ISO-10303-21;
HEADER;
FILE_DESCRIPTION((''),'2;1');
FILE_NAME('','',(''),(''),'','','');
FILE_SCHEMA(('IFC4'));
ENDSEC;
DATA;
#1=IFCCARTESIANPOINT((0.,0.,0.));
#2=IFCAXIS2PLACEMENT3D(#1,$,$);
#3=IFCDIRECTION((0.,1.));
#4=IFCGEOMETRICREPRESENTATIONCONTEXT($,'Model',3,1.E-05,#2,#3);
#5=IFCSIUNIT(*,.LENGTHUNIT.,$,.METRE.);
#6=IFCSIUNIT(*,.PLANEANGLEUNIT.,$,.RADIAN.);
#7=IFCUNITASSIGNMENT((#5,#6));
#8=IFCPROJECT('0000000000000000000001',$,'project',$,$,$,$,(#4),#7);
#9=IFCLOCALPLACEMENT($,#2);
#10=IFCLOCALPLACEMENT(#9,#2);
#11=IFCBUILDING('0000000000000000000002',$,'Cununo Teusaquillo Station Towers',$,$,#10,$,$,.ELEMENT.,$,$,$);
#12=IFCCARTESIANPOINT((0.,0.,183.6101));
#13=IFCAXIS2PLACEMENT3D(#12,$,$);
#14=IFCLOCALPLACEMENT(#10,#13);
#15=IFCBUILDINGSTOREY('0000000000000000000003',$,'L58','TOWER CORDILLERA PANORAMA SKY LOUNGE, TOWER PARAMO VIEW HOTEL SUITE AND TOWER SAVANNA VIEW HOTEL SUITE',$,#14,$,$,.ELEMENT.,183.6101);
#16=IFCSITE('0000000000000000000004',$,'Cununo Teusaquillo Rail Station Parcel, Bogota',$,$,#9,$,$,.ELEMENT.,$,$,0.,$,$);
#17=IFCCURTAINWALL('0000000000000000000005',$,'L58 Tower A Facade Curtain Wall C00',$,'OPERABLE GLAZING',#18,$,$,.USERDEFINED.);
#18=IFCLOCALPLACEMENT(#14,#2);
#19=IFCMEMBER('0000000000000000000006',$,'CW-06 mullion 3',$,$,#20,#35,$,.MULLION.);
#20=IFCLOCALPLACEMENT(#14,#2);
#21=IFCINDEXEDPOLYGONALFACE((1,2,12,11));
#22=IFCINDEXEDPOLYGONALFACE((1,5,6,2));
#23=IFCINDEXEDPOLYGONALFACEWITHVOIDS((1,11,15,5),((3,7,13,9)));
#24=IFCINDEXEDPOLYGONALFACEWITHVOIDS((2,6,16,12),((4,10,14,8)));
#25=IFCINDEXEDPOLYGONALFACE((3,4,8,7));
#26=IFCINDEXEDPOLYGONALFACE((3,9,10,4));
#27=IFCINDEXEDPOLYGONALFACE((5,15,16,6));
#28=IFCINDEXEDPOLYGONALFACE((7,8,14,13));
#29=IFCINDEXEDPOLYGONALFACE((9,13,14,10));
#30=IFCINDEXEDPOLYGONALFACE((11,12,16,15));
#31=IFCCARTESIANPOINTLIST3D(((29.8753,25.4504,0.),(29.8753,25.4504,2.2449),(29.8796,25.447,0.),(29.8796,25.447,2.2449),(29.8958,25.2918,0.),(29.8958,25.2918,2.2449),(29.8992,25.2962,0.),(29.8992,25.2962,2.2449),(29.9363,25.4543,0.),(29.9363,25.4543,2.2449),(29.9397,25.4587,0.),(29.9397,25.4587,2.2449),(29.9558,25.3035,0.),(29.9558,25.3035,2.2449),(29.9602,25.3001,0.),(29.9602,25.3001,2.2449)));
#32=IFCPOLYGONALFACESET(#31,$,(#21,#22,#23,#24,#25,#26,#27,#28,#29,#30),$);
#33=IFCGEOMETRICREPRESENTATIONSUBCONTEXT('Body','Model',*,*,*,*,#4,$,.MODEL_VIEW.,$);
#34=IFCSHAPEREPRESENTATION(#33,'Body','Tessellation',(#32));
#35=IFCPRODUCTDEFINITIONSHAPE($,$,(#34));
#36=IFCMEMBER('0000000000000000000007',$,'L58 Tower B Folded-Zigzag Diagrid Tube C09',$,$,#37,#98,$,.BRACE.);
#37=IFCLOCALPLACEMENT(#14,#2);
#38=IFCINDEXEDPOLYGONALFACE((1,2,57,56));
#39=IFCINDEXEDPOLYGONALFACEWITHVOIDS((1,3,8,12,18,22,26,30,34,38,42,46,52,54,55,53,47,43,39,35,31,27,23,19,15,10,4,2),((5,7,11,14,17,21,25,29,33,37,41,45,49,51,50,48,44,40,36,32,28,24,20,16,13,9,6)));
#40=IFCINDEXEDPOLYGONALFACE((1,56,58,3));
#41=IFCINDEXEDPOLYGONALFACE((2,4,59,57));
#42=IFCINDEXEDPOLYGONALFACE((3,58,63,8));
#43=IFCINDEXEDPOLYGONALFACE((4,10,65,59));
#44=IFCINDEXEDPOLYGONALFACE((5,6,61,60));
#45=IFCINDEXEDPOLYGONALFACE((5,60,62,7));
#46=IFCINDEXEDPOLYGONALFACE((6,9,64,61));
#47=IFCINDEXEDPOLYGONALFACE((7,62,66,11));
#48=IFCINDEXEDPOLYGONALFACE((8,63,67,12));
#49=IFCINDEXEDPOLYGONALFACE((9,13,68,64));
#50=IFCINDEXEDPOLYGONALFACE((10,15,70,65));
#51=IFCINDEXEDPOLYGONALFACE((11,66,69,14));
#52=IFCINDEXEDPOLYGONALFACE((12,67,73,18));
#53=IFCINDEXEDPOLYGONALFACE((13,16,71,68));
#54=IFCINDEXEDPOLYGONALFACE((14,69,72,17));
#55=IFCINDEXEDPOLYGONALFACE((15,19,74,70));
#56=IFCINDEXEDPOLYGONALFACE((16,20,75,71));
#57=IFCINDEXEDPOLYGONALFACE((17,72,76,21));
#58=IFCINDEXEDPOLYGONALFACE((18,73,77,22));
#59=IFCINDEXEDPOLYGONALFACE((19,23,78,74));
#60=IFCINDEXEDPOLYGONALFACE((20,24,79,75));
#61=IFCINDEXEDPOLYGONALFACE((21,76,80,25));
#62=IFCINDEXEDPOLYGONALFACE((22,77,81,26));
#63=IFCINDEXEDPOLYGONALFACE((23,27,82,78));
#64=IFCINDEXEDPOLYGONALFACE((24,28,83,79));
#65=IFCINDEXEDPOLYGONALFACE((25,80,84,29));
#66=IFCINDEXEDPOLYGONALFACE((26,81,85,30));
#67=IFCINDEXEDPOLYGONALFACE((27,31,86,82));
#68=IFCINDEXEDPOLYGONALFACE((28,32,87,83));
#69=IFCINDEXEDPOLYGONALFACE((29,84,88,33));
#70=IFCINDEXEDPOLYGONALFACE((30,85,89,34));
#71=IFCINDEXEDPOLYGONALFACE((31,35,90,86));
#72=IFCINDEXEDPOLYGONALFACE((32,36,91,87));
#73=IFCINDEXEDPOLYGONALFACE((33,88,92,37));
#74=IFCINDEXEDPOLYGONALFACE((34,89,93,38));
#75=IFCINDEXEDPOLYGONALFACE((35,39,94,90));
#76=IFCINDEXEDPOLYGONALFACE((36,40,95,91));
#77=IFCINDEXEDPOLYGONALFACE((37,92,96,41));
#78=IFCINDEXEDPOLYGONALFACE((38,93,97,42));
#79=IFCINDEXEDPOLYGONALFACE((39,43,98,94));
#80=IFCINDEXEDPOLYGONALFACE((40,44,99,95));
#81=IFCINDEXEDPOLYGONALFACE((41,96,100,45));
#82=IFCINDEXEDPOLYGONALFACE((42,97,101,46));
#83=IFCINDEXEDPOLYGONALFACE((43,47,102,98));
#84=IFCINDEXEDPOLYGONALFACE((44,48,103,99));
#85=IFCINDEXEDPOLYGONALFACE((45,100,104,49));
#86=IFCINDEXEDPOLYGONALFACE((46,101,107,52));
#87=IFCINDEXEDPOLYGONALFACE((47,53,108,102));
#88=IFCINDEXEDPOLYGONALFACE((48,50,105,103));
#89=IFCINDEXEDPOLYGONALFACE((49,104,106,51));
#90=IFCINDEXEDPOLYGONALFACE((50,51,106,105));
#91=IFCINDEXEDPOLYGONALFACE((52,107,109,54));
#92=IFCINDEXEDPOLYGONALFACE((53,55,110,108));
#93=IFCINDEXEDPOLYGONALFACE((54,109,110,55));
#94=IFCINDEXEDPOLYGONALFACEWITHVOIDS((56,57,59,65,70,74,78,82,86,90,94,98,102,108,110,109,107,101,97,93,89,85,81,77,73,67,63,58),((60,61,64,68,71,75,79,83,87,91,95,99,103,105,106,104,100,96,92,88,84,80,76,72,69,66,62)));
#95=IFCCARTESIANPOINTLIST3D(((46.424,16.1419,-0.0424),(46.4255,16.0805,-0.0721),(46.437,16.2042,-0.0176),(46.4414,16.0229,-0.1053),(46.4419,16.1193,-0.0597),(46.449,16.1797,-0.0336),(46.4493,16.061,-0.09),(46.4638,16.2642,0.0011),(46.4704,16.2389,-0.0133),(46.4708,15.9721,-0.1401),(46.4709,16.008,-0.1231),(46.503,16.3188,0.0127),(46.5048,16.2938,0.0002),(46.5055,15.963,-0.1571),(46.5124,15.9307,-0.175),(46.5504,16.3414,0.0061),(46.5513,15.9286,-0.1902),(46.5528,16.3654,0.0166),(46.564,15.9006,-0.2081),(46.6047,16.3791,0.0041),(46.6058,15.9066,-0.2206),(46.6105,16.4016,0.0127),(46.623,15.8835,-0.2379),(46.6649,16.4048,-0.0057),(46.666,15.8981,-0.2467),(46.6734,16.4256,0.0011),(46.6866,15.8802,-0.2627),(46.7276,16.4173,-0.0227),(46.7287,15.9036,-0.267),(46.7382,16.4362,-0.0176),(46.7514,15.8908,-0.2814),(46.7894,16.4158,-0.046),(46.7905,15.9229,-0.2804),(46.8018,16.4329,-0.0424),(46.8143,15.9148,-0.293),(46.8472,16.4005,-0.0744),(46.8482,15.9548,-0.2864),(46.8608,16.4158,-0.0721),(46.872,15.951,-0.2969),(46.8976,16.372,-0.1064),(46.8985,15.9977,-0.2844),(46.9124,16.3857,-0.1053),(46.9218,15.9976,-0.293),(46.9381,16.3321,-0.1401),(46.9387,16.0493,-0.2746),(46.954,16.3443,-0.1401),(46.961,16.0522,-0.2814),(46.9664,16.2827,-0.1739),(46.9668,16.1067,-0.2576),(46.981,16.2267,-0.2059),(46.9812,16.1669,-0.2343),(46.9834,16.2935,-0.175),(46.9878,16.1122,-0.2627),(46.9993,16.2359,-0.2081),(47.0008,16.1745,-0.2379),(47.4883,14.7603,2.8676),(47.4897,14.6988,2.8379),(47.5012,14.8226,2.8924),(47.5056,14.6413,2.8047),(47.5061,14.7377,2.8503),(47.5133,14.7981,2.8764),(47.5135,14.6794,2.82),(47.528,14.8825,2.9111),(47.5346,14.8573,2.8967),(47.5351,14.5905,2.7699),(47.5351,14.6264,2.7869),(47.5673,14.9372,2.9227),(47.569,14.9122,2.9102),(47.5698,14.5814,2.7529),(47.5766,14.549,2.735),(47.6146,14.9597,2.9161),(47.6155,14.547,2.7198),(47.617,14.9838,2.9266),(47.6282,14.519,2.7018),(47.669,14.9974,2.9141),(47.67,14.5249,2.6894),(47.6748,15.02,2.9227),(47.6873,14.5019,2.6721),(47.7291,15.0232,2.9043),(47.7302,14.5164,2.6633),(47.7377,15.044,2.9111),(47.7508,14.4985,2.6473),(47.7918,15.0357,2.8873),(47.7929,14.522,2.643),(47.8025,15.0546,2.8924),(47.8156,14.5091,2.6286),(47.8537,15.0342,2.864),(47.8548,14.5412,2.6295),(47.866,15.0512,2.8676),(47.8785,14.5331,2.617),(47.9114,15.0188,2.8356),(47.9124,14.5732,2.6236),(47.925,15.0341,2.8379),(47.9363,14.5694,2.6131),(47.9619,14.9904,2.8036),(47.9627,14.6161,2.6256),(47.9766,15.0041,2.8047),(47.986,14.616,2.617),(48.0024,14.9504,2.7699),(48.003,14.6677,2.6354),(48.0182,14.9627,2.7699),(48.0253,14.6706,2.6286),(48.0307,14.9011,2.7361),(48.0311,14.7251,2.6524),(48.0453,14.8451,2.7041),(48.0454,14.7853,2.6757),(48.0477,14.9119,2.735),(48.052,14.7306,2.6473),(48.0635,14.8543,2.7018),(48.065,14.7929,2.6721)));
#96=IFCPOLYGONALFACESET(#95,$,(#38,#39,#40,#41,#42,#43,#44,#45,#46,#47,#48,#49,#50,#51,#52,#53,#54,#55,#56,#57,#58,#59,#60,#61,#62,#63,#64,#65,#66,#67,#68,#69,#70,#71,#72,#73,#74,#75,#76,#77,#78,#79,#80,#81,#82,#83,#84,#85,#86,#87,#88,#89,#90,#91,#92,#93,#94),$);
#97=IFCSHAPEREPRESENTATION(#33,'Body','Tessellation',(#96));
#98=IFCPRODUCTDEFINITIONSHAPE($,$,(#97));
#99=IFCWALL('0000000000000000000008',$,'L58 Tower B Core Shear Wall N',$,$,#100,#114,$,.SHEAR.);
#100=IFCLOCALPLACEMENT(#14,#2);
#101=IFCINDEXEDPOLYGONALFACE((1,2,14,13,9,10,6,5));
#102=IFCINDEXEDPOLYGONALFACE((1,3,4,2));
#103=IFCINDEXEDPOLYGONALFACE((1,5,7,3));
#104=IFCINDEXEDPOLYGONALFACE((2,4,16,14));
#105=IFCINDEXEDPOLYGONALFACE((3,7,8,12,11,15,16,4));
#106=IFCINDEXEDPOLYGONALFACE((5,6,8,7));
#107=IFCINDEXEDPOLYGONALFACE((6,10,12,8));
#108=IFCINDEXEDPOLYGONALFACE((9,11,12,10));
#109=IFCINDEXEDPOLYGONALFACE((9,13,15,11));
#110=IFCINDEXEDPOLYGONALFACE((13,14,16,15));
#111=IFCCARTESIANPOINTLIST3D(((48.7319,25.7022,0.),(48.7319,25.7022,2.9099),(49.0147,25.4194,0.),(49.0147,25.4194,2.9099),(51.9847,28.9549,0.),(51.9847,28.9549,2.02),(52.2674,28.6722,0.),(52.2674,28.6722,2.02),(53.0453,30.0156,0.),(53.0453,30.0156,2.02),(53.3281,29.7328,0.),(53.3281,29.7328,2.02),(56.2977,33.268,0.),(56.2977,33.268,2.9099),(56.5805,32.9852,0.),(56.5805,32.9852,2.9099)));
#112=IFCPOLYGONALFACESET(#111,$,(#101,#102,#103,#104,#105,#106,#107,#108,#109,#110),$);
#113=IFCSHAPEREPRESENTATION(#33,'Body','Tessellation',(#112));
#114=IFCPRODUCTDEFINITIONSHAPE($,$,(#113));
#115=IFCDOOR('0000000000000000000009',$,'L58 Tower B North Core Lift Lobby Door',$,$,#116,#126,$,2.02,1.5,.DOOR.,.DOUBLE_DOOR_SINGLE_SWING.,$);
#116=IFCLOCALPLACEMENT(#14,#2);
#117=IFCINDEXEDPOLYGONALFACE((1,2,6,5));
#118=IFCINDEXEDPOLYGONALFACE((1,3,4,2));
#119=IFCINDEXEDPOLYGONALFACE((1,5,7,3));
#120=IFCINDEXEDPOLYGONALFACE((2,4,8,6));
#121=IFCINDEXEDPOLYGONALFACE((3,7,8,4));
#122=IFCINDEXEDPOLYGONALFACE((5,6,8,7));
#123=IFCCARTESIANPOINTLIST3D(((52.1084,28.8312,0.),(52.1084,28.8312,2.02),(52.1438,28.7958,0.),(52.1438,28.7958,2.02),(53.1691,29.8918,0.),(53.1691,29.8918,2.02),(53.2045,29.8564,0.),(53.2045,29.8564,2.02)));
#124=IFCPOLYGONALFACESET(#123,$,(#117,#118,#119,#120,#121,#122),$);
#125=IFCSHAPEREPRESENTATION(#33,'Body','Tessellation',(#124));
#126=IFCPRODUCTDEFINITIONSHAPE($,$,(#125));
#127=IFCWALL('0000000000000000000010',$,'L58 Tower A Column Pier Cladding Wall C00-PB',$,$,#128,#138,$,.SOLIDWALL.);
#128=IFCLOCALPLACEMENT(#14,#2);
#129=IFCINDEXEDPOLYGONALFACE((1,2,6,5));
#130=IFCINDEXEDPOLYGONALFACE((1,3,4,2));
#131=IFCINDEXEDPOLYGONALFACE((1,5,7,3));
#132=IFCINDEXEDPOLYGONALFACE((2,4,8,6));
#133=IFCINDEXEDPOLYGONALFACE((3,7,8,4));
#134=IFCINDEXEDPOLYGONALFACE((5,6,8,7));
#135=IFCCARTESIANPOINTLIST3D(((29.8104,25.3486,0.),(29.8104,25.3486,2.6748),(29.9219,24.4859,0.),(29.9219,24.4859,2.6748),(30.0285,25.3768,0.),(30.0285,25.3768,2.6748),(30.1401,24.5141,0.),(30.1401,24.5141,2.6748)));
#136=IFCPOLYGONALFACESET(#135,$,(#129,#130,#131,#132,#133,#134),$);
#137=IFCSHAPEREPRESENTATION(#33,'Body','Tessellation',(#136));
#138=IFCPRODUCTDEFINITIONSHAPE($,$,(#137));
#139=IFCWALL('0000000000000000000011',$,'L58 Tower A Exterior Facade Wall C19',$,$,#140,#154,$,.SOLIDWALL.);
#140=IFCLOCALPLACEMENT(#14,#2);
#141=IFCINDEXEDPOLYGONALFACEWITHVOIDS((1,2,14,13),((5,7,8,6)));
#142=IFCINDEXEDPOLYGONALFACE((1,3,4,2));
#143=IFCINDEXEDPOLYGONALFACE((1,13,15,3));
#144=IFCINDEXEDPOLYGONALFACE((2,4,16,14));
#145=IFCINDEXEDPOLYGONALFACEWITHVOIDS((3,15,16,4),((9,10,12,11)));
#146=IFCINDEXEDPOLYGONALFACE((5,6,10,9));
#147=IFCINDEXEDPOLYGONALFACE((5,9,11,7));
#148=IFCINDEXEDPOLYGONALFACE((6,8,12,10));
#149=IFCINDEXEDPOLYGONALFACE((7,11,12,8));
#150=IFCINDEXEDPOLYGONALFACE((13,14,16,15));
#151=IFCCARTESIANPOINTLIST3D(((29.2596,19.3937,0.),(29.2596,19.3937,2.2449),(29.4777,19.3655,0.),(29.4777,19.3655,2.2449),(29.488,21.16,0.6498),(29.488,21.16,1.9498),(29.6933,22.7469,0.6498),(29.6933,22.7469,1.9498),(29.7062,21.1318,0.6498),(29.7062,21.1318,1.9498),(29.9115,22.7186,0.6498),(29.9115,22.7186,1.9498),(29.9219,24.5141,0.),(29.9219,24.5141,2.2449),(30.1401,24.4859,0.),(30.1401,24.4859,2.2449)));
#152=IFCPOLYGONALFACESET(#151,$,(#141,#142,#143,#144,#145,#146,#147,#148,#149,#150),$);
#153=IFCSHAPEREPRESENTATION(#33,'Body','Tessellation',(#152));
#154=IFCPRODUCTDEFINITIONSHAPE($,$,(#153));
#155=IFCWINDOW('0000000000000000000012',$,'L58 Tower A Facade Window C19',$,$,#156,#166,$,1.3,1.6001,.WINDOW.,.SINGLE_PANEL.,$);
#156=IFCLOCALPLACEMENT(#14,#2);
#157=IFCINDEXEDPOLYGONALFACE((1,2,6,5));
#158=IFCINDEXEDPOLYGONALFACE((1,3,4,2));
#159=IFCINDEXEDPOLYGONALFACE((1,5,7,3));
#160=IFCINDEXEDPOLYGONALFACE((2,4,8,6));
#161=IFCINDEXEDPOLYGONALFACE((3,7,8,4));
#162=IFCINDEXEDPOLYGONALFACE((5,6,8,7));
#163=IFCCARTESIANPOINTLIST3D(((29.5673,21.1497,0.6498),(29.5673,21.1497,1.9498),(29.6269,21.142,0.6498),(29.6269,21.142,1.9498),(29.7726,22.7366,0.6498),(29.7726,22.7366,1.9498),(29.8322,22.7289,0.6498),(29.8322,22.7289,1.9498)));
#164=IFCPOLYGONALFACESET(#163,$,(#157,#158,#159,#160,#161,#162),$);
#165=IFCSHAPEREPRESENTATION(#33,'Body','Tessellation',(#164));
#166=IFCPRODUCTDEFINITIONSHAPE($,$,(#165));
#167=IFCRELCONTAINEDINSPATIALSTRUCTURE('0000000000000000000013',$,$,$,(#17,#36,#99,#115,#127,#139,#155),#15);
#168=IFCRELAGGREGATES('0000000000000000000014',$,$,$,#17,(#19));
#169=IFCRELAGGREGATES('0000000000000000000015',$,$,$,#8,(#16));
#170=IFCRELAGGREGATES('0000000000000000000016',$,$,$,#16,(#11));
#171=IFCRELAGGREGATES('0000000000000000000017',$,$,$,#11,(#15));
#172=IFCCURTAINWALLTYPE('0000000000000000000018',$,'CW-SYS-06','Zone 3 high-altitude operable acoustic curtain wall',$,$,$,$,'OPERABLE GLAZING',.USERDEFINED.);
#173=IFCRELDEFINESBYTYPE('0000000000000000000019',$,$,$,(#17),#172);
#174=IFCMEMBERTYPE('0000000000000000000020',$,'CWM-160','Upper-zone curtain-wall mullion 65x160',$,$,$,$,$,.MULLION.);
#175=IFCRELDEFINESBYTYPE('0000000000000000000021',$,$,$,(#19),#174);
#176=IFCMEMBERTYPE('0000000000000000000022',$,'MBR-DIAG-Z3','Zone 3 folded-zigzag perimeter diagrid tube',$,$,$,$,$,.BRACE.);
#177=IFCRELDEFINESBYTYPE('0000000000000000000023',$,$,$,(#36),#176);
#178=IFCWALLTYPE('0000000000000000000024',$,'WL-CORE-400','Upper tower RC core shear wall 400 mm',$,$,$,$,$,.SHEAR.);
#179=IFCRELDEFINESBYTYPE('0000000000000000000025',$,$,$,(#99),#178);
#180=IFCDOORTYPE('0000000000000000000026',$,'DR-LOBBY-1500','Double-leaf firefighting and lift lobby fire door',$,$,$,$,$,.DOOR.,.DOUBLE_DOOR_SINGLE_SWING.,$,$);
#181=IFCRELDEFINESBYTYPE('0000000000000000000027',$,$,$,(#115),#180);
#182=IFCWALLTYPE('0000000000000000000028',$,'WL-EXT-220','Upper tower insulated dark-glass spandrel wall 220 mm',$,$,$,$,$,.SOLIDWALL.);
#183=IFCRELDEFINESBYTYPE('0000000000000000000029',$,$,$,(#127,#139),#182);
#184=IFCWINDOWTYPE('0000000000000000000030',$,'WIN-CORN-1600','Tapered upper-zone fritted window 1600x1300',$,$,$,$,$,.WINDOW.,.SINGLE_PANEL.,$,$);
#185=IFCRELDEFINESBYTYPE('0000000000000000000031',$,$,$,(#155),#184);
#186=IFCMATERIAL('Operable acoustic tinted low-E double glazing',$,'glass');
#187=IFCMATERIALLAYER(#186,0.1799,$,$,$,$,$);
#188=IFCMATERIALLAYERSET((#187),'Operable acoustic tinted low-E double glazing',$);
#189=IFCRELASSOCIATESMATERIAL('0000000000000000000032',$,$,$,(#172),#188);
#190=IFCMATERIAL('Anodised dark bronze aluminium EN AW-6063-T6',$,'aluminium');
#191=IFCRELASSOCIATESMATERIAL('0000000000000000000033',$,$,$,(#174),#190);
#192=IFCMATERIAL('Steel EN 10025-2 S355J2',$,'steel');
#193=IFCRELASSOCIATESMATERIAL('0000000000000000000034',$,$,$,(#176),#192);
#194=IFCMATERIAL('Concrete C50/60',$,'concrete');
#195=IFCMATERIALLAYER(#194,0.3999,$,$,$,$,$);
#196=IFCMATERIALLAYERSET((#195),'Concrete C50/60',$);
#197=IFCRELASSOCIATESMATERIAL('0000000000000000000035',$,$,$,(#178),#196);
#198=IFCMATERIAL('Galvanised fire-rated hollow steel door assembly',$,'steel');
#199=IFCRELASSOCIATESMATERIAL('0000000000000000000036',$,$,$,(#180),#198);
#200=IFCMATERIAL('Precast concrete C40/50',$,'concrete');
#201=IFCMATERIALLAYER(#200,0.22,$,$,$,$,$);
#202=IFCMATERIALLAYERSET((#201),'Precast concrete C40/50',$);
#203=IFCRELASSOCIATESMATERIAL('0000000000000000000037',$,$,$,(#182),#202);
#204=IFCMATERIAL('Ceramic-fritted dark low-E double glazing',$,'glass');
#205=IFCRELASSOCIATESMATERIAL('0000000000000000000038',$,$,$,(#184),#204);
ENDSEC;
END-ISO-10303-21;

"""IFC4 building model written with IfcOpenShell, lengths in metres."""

from ifc_helpers import new_model, si_unit, direction, frame, frame_2d, origin, origin_2d, place, context, subcontext, project, spatial, rectangle, hollow_rectangle, hollow_circle, extrude, source, transform, mapped, material, layer, layer_set, material_profile, profile_set, type_object, element, fill, aggregate, save


model = new_model("IFC4")

# Units and contexts
model_context = context("Model", 3, precision=1e-05, world=origin(), true_north=direction((0.0, 1.0)))
body_context = subcontext(model_context, "Body", "Model", "MODEL_VIEW")
ifc_project = project(units=[si_unit("LENGTHUNIT", "METRE"), si_unit("PLANEANGLEUNIT", "RADIAN")], contexts=[model_context])

# Site, building, storey
site_placement = place(None, origin())
site = spatial("IfcSite", under=ifc_project, at=site_placement, Name="Cununo Teusaquillo Rail Station Parcel, Bogota", CompositionType="ELEMENT", RefElevation=0.0)
building_placement = place(site_placement, origin())
building = spatial("IfcBuilding", under=site, at=building_placement, Name="Cununo Teusaquillo Station Towers", CompositionType="ELEMENT")
storey_placement = place(building_placement, frame((0.0, 0.0, 183.6101)))
storey = spatial("IfcBuildingStorey", under=building, at=storey_placement, Name="L58", Description="TOWER CORDILLERA PANORAMA SKY LOUNGE, TOWER PARAMO VIEW HOTEL SUITE AND TOWER SAVANNA VIEW HOTEL SUITE", CompositionType="ELEMENT", Elevation=183.6101)

# Curtain wall, member
ifc_material_1 = material(Name="Operable acoustic tinted low-E double glazing", Category="glass")
ifc_layer_1 = layer(ifc_material_1, 0.1799)
ifc_layer_set_1 = layer_set([ifc_layer_1], Name="Operable acoustic tinted low-E double glazing")
curtain_wall_type = type_object("IfcCurtainWallType", Name="CW-SYS-06", Description="Zone 3 high-altitude operable acoustic curtain wall", ElementType="OPERABLE GLAZING", PredefinedType="USERDEFINED", material=ifc_layer_set_1)
curtain_wall_placement = place(storey_placement, origin())
curtain_wall = element("IfcCurtainWall", 1, at=curtain_wall_placement, inside=storey, type_object=curtain_wall_type, Name="L58 Tower A Facade Curtain Wall C00", ObjectType="OPERABLE GLAZING", PredefinedType="USERDEFINED")
ifc_material_2 = material(Name="Anodised dark bronze aluminium EN AW-6063-T6", Category="aluminium")
ifc_material_profile_1 = material_profile(ifc_material_2, hollow_rectangle(XDim=0.0649, YDim=0.1599, WallThickness=0.0039, at=origin_2d()), Name="CW-MULL-65x160")
ifc_profile_set_1 = profile_set([ifc_material_profile_1], Name="Anodised dark bronze aluminium EN AW-6063-T6")
member_type_1 = type_object("IfcMemberType", Name="CWM-160", Description="Upper-zone curtain-wall mullion 65x160", PredefinedType="MULLION", material=ifc_profile_set_1)
member_1_placement = place(storey_placement, frame((29.9177, 25.3752, 0.0), z_axis=(0.0, 0.0, 1.0), x_axis=(0.991737, 0.128285, 0.0)))
member_1 = element("IfcMember", 2, at=member_1_placement, type_object=member_type_1, Name="CW-06 mullion 3", PredefinedType="MULLION", context=body_context, shape_type="SweptSolid", body=[
    extrude(hollow_rectangle(XDim=0.0649, YDim=0.1599, WallThickness=0.0039, at=origin_2d()), origin(), (0.0, 0.0, 1.0), 2.2449),
])
aggregate(curtain_wall, [member_1])

# Member
ifc_material_3 = material(Name="Steel EN 10025-2 S355J2", Category="steel")
ifc_material_profile_2 = material_profile(ifc_material_3, hollow_circle(Radius=0.3049, WallThickness=0.02, at=origin_2d()), Name="CHS 610x20")
ifc_profile_set_2 = profile_set([ifc_material_profile_2], Name="Steel EN 10025-2 S355J2")
member_type_2 = type_object("IfcMemberType", Name="MBR-DIAG-Z3", Description="Zone 3 folded-zigzag perimeter diagrid tube", PredefinedType="BRACE", material=ifc_profile_set_2)
member_2_placement = place(storey_placement, frame((46.7124, 16.1582, -0.1401), z_axis=(0.313696, -0.407251, 0.857753), x_axis=(0.792223, 0.610232, 0.0)))
element("IfcMember", 3, at=member_2_placement, inside=storey, type_object=member_type_2, Name="L58 Tower B Folded-Zigzag Diagrid Tube C09", PredefinedType="BRACE", context=body_context, shape_type="SweptSolid", body=[
    extrude(hollow_circle(Radius=0.3049, WallThickness=0.02, at=origin_2d()), origin(), (0.0, 0.0, 1.0), 3.3926),
])

# Wall, opening, door
ifc_material_4 = material(Name="Concrete C50/60", Category="concrete")
ifc_layer_2 = layer(ifc_material_4, 0.3999)
ifc_layer_set_2 = layer_set([ifc_layer_2], Name="Concrete C50/60")
wall_type_1 = type_object("IfcWallType", Name="WL-CORE-400", Description="Upper tower RC core shear wall 400 mm", PredefinedType="SHEAR", material=ifc_layer_set_2)
wall_1_placement = place(storey_placement, frame((48.8733, 25.5608, 0.0), z_axis=(0.0, 0.0, 1.0), x_axis=(0.707107, 0.707107, 0.0)))
wall_1 = element("IfcWall", 4, at=wall_1_placement, inside=storey, type_object=wall_type_1, Name="L58 Tower B Core Shear Wall N", PredefinedType="SHEAR", context=body_context, shape_type="SweptSolid", body=[
    extrude(rectangle(XDim=10.6997, YDim=0.3999, at=frame_2d((5.3499, 0.0))), origin(), (0.0, 0.0, 1.0), 2.9099),
])
shared_shape_1 = source(origin(), body_context, "Body", "SweptSolid", [
    extrude(rectangle(XDim=1.5, YDim=2.02, at=frame_2d((0.75, 1.01))), frame((0.0, 0.21, 0.0), z_axis=(0.0, -1.0, 0.0), x_axis=(1.0, 0.0, 0.0)), (0.0, 0.0, 1.0), 0.4199),
])
opening_1_placement = place(wall_1_placement, frame((4.6001, 0.0, 0.0)))
opening_1 = element("IfcOpeningElement", 5, at=opening_1_placement, cuts=wall_1, PredefinedType="OPENING", context=body_context, shape_type="MappedRepresentation", body=[
    mapped(shared_shape_1, transform((0.0, 0.0, 0.0), x_axis=(1.0, 0.0, 0.0), y_axis=(0.0, 1.0, 0.0), z_axis=(0.0, 0.0, 1.0), scale=1.0)),
])
ifc_material_5 = material(Name="Galvanised fire-rated hollow steel door assembly", Category="steel")
door_type_1 = type_object("IfcDoorType", Name="DR-LOBBY-1500", Description="Double-leaf firefighting and lift lobby fire door", OperationType="DOUBLE_DOOR_SINGLE_SWING", PredefinedType="DOOR", material=ifc_material_5)
shared_shape_2 = source(origin(), body_context, "Body", "SweptSolid", [
    extrude(rectangle(XDim=1.5, YDim=2.02, at=frame_2d((0.75, 1.01))), frame((0.0, 0.0249, 0.0), z_axis=(0.0, -1.0, 0.0), x_axis=(1.0, 0.0, 0.0)), (0.0, 0.0, 1.0), 0.05),
])
door_1_placement = place(opening_1_placement, origin())
door_1 = element("IfcDoor", 6, at=door_1_placement, inside=storey, type_object=door_type_1, Name="L58 Tower B North Core Lift Lobby Door", OperationType="DOUBLE_DOOR_SINGLE_SWING", OverallHeight=2.02, OverallWidth=1.5, PredefinedType="DOOR", context=body_context, shape_type="MappedRepresentation", body=[
    mapped(shared_shape_2, transform((0.0, 0.0, 0.0), x_axis=(1.0, 0.0, 0.0), y_axis=(0.0, 1.0, 0.0), z_axis=(0.0, 0.0, 1.0), scale=1.0)),
])
fill(opening_1, door_1)

# Wall
ifc_material_6 = material(Name="Precast concrete C40/50", Category="concrete")
ifc_layer_3 = layer(ifc_material_6, 0.22)
ifc_layer_set_3 = layer_set([ifc_layer_3], Name="Precast concrete C40/50")
wall_type_2 = type_object("IfcWallType", Name="WL-EXT-220", Description="Upper tower insulated dark-glass spandrel wall 220 mm", PredefinedType="SOLIDWALL", material=ifc_layer_set_3)
wall_2_placement = place(storey_placement, frame((29.9194, 25.3628, 0.0), z_axis=(0.0, 0.0, 1.0), x_axis=(0.128247, -0.991742, 0.0)))
element("IfcWall", 7, at=wall_2_placement, inside=storey, type_object=wall_type_2, Name="L58 Tower A Column Pier Cladding Wall C00-PB", PredefinedType="SOLIDWALL", context=body_context, shape_type="SweptSolid", body=[
    extrude(rectangle(XDim=0.8699, YDim=0.22, at=frame_2d((0.4351, 0.0))), origin(), (0.0, 0.0, 1.0), 2.6748),
])

# Wall, opening, window
wall_3_placement = place(storey_placement, frame((30.031, 24.5, 0.0), z_axis=(0.0, 0.0, 1.0), x_axis=(-0.128288, -0.991737, 0.0)))
wall_3 = element("IfcWall", 8, at=wall_3_placement, inside=storey, type_object=wall_type_2, Name="L58 Tower A Exterior Facade Wall C19", PredefinedType="SOLIDWALL", context=body_context, shape_type="SweptSolid", body=[
    extrude(rectangle(XDim=5.1631, YDim=0.22, at=frame_2d((2.5815, 0.0))), origin(), (0.0, 0.0, 1.0), 2.2449),
])
shared_shape_3 = source(origin(), body_context, "Body", "SweptSolid", [
    extrude(rectangle(XDim=1.6001, YDim=1.3, at=frame_2d((0.8, 0.6499))), frame((0.0, 0.1199, 0.0), z_axis=(0.0, -1.0, 0.0), x_axis=(1.0, 0.0, 0.0)), (0.0, 0.0, 1.0), 0.24),
])
opening_2_placement = place(wall_3_placement, frame((1.782, 0.0, 0.6499)))
opening_2 = element("IfcOpeningElement", 9, at=opening_2_placement, cuts=wall_3, PredefinedType="OPENING", context=body_context, shape_type="MappedRepresentation", body=[
    mapped(shared_shape_3, transform((0.0, 0.0, 0.0), x_axis=(1.0, 0.0, 0.0), y_axis=(0.0, 1.0, 0.0), z_axis=(0.0, 0.0, 1.0), scale=1.0)),
])
ifc_material_7 = material(Name="Ceramic-fritted dark low-E double glazing", Category="glass")
window_type = type_object("IfcWindowType", Name="WIN-CORN-1600", Description="Tapered upper-zone fritted window 1600x1300", PartitioningType="SINGLE_PANEL", PredefinedType="WINDOW", material=ifc_material_7)
shared_shape_4 = source(origin(), body_context, "Body", "SweptSolid", [
    extrude(rectangle(XDim=1.6001, YDim=1.3, at=frame_2d((0.8, 0.6499))), frame((0.0, 0.03, 0.0), z_axis=(0.0, -1.0, 0.0), x_axis=(1.0, 0.0, 0.0)), (0.0, 0.0, 1.0), 0.0601),
])
window_1_placement = place(opening_2_placement, origin())
window_1 = element("IfcWindow", 10, at=window_1_placement, inside=storey, type_object=window_type, Name="L58 Tower A Facade Window C19", OverallHeight=1.3, OverallWidth=1.6001, PartitioningType="SINGLE_PANEL", PredefinedType="WINDOW", context=body_context, shape_type="MappedRepresentation", body=[
    mapped(shared_shape_4, transform((0.0, 0.0, 0.0), x_axis=(1.0, 0.0, 0.0), y_axis=(0.0, 1.0, 0.0), z_axis=(0.0, 0.0, 1.0), scale=1.0)),
])
fill(opening_2, window_1)

save(model, "model.ifc")
